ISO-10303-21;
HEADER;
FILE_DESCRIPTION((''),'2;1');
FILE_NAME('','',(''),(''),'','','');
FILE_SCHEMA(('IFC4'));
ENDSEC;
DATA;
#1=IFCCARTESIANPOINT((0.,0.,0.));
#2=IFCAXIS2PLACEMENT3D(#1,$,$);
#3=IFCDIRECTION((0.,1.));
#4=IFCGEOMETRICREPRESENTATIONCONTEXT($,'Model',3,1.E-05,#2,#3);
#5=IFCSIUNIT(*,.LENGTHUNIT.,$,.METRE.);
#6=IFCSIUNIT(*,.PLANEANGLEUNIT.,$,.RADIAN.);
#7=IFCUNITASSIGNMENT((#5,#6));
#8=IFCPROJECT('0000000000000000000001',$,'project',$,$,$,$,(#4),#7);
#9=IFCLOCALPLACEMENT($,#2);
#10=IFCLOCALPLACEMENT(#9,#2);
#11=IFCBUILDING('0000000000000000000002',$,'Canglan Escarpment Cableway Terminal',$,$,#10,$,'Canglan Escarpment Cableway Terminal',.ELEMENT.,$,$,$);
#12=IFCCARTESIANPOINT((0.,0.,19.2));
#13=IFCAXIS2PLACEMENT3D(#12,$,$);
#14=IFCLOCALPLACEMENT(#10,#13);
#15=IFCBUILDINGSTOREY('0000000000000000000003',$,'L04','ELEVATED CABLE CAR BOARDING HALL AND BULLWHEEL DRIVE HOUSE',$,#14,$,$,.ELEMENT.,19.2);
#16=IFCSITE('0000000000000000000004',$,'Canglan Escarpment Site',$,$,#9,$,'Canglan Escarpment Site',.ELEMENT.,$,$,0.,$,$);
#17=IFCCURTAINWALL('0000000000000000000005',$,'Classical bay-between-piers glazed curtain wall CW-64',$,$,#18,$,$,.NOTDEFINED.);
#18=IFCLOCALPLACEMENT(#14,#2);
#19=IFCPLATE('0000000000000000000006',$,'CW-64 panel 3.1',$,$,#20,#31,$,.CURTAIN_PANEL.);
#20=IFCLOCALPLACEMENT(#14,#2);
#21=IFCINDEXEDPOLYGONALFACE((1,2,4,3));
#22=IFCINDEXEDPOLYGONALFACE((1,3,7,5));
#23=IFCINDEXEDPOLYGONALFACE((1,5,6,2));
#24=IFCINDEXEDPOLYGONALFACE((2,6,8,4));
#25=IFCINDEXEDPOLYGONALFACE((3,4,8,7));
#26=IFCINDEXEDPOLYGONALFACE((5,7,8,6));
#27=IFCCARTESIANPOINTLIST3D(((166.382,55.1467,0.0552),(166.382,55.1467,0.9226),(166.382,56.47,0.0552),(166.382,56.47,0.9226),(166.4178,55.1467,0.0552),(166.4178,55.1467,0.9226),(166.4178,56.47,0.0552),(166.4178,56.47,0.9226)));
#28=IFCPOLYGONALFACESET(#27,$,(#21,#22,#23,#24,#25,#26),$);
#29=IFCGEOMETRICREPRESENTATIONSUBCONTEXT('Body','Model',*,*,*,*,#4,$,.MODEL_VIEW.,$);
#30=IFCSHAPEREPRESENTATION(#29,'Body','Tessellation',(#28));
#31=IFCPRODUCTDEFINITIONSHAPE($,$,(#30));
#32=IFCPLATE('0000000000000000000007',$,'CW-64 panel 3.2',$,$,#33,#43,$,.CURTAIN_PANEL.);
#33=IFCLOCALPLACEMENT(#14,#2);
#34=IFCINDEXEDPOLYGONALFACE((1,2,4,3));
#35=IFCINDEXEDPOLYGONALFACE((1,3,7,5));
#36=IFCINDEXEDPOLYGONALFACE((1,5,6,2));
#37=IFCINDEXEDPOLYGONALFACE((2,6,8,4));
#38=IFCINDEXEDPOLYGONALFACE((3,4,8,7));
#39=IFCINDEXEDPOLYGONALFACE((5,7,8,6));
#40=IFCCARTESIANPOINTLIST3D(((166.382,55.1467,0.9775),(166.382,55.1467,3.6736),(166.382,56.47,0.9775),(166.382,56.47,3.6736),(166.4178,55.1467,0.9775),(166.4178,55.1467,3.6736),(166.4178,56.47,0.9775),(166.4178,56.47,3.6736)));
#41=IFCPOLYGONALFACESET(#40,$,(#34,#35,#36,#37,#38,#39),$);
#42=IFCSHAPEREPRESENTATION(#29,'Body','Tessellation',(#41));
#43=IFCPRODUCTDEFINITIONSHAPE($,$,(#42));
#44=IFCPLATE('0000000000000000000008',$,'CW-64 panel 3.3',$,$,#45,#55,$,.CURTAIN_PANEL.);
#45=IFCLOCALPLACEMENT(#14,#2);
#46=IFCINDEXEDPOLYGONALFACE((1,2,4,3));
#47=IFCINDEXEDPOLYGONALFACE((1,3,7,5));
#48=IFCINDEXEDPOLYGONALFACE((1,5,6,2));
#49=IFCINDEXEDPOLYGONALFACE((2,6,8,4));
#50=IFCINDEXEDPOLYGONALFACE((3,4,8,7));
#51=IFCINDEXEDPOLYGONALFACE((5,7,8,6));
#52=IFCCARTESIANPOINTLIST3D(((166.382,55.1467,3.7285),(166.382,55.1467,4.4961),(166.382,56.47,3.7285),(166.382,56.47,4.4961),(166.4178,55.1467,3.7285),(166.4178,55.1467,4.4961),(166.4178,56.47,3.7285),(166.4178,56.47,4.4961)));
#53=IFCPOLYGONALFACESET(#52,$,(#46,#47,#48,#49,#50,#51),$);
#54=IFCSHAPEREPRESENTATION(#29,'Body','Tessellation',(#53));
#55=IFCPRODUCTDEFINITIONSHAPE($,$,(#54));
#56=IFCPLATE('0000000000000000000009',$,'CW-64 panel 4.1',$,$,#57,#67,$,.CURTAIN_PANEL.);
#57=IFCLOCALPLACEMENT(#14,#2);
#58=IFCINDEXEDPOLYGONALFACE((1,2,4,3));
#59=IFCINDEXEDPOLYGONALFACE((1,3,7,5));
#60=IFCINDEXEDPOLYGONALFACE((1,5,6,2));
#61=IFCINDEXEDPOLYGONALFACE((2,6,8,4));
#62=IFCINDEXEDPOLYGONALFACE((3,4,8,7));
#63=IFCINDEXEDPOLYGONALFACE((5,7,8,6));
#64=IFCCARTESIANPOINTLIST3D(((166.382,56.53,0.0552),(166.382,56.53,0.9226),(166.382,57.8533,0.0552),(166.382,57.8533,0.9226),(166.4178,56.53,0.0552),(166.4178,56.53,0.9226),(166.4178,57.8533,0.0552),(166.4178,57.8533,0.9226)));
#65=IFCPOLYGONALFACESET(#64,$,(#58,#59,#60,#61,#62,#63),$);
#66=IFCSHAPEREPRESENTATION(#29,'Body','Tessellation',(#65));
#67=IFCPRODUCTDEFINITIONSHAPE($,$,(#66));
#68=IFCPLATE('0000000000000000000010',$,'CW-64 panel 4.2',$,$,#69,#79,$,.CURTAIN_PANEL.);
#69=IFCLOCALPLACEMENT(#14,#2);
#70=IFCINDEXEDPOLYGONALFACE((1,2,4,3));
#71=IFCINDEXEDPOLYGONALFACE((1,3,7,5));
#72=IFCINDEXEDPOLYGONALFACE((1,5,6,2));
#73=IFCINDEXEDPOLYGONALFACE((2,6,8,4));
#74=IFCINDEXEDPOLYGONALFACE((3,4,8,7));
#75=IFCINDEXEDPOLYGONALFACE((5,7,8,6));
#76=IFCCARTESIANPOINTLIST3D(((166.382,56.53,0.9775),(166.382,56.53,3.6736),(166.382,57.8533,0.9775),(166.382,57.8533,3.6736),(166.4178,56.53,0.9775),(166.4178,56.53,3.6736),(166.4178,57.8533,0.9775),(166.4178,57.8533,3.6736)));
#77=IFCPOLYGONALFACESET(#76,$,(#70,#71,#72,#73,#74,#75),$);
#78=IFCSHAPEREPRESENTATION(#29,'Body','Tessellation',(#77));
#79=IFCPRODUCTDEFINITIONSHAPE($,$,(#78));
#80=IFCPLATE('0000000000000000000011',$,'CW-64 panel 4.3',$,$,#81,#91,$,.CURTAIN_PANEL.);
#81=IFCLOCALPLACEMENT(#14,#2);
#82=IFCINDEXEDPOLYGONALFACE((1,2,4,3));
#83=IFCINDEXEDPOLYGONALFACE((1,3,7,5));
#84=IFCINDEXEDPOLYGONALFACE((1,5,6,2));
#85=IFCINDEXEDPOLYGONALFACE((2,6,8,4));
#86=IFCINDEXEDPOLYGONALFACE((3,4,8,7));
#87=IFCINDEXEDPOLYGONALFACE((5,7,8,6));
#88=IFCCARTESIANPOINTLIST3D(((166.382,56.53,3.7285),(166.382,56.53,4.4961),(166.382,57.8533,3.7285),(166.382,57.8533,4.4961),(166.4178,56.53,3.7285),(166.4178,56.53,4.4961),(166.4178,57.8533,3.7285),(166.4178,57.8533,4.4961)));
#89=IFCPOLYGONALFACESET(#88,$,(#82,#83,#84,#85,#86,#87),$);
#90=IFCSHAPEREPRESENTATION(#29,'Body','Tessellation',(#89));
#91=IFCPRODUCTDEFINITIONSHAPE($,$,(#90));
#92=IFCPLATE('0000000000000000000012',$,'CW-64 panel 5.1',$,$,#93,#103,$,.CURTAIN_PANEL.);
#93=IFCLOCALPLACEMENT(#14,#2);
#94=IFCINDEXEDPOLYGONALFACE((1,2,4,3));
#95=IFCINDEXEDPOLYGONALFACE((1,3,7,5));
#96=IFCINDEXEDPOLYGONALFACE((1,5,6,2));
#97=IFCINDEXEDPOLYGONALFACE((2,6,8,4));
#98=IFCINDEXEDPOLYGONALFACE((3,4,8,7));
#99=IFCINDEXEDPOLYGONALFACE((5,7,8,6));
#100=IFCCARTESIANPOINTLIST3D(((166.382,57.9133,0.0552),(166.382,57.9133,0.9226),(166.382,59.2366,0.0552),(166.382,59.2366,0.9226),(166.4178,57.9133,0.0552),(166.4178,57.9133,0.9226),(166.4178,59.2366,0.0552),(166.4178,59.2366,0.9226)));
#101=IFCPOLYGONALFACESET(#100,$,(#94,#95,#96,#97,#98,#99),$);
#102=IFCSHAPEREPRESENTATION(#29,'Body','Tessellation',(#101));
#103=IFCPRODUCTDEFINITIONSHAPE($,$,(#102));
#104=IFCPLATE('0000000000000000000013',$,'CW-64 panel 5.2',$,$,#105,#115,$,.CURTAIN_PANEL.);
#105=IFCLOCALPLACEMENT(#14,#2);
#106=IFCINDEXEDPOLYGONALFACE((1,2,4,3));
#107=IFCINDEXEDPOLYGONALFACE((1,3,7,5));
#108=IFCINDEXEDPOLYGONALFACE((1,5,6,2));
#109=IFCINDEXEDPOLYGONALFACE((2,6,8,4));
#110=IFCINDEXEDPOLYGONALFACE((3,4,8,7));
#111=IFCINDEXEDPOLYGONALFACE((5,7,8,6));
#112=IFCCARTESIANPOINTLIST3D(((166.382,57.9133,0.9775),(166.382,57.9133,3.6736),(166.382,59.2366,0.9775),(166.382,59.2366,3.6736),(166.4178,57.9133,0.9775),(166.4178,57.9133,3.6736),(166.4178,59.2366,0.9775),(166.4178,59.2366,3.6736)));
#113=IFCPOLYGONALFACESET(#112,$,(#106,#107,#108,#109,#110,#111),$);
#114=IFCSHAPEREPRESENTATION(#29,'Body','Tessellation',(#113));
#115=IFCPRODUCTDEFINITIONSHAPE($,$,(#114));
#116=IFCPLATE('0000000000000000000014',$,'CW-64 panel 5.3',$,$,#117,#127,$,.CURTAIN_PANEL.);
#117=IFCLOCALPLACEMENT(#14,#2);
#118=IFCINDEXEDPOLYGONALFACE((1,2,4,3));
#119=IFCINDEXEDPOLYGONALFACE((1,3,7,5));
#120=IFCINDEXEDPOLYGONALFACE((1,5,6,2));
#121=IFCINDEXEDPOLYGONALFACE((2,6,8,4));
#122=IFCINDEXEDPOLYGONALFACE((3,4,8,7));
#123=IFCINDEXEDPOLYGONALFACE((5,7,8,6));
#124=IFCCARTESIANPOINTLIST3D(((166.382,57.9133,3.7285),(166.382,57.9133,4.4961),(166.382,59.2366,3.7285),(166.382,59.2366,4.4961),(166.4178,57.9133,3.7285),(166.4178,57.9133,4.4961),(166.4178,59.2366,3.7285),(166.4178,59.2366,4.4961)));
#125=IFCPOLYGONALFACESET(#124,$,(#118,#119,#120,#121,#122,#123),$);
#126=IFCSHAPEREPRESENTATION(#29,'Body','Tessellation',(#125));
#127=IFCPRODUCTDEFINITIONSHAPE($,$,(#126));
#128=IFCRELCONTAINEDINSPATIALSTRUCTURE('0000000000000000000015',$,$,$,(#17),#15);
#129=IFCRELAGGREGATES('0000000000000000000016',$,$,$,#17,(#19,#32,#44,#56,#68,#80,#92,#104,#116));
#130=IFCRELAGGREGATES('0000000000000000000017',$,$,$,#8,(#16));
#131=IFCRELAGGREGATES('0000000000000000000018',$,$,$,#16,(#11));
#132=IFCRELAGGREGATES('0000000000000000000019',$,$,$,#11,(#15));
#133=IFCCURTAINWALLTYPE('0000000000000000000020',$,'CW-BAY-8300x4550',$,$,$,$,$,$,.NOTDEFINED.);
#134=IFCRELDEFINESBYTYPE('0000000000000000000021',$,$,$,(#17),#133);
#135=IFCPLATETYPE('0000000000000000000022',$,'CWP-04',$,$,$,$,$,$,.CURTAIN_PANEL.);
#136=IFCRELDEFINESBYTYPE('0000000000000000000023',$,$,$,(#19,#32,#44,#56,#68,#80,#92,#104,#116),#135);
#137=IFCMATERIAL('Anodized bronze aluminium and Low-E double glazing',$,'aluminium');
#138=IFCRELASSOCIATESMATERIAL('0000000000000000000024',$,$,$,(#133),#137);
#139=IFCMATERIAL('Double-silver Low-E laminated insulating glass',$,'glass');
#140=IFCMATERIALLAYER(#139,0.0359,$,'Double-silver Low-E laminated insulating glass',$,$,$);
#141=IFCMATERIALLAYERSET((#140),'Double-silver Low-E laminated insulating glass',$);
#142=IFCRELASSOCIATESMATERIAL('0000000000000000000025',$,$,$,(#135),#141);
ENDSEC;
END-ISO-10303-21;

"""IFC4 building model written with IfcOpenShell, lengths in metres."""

from ifc_helpers import new_model, si_unit, direction, frame, origin, origin_2d, place, context, subcontext, project, spatial, rectangle, extrude, material, layer, layer_set, type_object, element, aggregate, save


model = new_model("IFC4")

# Units and contexts
model_context = context("Model", 3, precision=1e-05, world=origin(), true_north=direction((0.0, 1.0)))
body_context = subcontext(model_context, "Body", "Model", "MODEL_VIEW")
ifc_project = project(units=[si_unit("LENGTHUNIT", "METRE"), si_unit("PLANEANGLEUNIT", "RADIAN")], contexts=[model_context])

# Site, building, storey
site_placement = place(None, origin())
site = spatial("IfcSite", under=ifc_project, at=site_placement, Name="Canglan Escarpment Site", LongName="Canglan Escarpment Site", CompositionType="ELEMENT", RefElevation=0.0)
building_placement = place(site_placement, origin())
building = spatial("IfcBuilding", under=site, at=building_placement, Name="Canglan Escarpment Cableway Terminal", LongName="Canglan Escarpment Cableway Terminal", CompositionType="ELEMENT")
storey_placement = place(building_placement, frame((0.0, 0.0, 19.2)))
storey = spatial("IfcBuildingStorey", under=building, at=storey_placement, Name="L04", Description="ELEVATED CABLE CAR BOARDING HALL AND BULLWHEEL DRIVE HOUSE", CompositionType="ELEMENT", Elevation=19.2)

# Curtain wall, plates
ifc_material_1 = material(Name="Anodized bronze aluminium and Low-E double glazing", Category="aluminium")
curtain_wall_type = type_object("IfcCurtainWallType", Name="CW-BAY-8300x4550", PredefinedType="NOTDEFINED", material=ifc_material_1)
curtain_wall_placement = place(storey_placement, origin())
curtain_wall = element("IfcCurtainWall", 1, at=curtain_wall_placement, inside=storey, type_object=curtain_wall_type, Name="Classical bay-between-piers glazed curtain wall CW-64", PredefinedType="NOTDEFINED")
ifc_material_2 = material(Name="Double-silver Low-E laminated insulating glass", Category="glass")
ifc_layer = layer(ifc_material_2, 0.0359, Name="Double-silver Low-E laminated insulating glass")
ifc_layer_set = layer_set([ifc_layer], Name="Double-silver Low-E laminated insulating glass")
plate_type = type_object("IfcPlateType", Name="CWP-04", PredefinedType="CURTAIN_PANEL", material=ifc_layer_set)
plate_1_placement = place(storey_placement, frame((166.3999, 55.8083, 0.0552), z_axis=(0.0, 0.0, 1.0), x_axis=(0.0, 1.0, 0.0)))
plate_1 = element("IfcPlate", 2, at=plate_1_placement, type_object=plate_type, Name="CW-64 panel 3.1", PredefinedType="CURTAIN_PANEL", context=body_context, shape_type="SweptSolid", body=[
    extrude(rectangle(XDim=1.3232, YDim=0.0359, at=origin_2d()), origin(), (0.0, 0.0, 1.0), 0.8674),
])
plate_2_placement = place(storey_placement, frame((166.3999, 55.8083, 0.9775), z_axis=(0.0, 0.0, 1.0), x_axis=(0.0, 1.0, 0.0)))
plate_2 = element("IfcPlate", 3, at=plate_2_placement, type_object=plate_type, Name="CW-64 panel 3.2", PredefinedType="CURTAIN_PANEL", context=body_context, shape_type="SweptSolid", body=[
    extrude(rectangle(XDim=1.3232, YDim=0.0359, at=origin_2d()), origin(), (0.0, 0.0, 1.0), 2.696),
])
plate_3_placement = place(storey_placement, frame((166.3999, 55.8083, 3.7285), z_axis=(0.0, 0.0, 1.0), x_axis=(0.0, 1.0, 0.0)))
plate_3 = element("IfcPlate", 4, at=plate_3_placement, type_object=plate_type, Name="CW-64 panel 3.3", PredefinedType="CURTAIN_PANEL", context=body_context, shape_type="SweptSolid", body=[
    extrude(rectangle(XDim=1.3232, YDim=0.0359, at=origin_2d()), origin(), (0.0, 0.0, 1.0), 0.7676),
])
plate_4_placement = place(storey_placement, frame((166.3999, 57.1917, 0.0552), z_axis=(0.0, 0.0, 1.0), x_axis=(0.0, 1.0, 0.0)))
plate_4 = element("IfcPlate", 5, at=plate_4_placement, type_object=plate_type, Name="CW-64 panel 4.1", PredefinedType="CURTAIN_PANEL", context=body_context, shape_type="SweptSolid", body=[
    extrude(rectangle(XDim=1.3232, YDim=0.0359, at=origin_2d()), origin(), (0.0, 0.0, 1.0), 0.8674),
])
plate_5_placement = place(storey_placement, frame((166.3999, 57.1917, 0.9775), z_axis=(0.0, 0.0, 1.0), x_axis=(0.0, 1.0, 0.0)))
plate_5 = element("IfcPlate", 6, at=plate_5_placement, type_object=plate_type, Name="CW-64 panel 4.2", PredefinedType="CURTAIN_PANEL", context=body_context, shape_type="SweptSolid", body=[
    extrude(rectangle(XDim=1.3232, YDim=0.0359, at=origin_2d()), origin(), (0.0, 0.0, 1.0), 2.696),
])
plate_6_placement = place(storey_placement, frame((166.3999, 57.1917, 3.7285), z_axis=(0.0, 0.0, 1.0), x_axis=(0.0, 1.0, 0.0)))
plate_6 = element("IfcPlate", 7, at=plate_6_placement, type_object=plate_type, Name="CW-64 panel 4.3", PredefinedType="CURTAIN_PANEL", context=body_context, shape_type="SweptSolid", body=[
    extrude(rectangle(XDim=1.3232, YDim=0.0359, at=origin_2d()), origin(), (0.0, 0.0, 1.0), 0.7676),
])
plate_7_placement = place(storey_placement, frame((166.3999, 58.575, 0.0552), z_axis=(0.0, 0.0, 1.0), x_axis=(0.0, 1.0, 0.0)))
plate_7 = element("IfcPlate", 8, at=plate_7_placement, type_object=plate_type, Name="CW-64 panel 5.1", PredefinedType="CURTAIN_PANEL", context=body_context, shape_type="SweptSolid", body=[
    extrude(rectangle(XDim=1.3232, YDim=0.0359, at=origin_2d()), origin(), (0.0, 0.0, 1.0), 0.8674),
])
plate_8_placement = place(storey_placement, frame((166.3999, 58.575, 0.9775), z_axis=(0.0, 0.0, 1.0), x_axis=(0.0, 1.0, 0.0)))
plate_8 = element("IfcPlate", 9, at=plate_8_placement, type_object=plate_type, Name="CW-64 panel 5.2", PredefinedType="CURTAIN_PANEL", context=body_context, shape_type="SweptSolid", body=[
    extrude(rectangle(XDim=1.3232, YDim=0.0359, at=origin_2d()), origin(), (0.0, 0.0, 1.0), 2.696),
])
plate_9_placement = place(storey_placement, frame((166.3999, 58.575, 3.7285), z_axis=(0.0, 0.0, 1.0), x_axis=(0.0, 1.0, 0.0)))
plate_9 = element("IfcPlate", 10, at=plate_9_placement, type_object=plate_type, Name="CW-64 panel 5.3", PredefinedType="CURTAIN_PANEL", context=body_context, shape_type="SweptSolid", body=[
    extrude(rectangle(XDim=1.3232, YDim=0.0359, at=origin_2d()), origin(), (0.0, 0.0, 1.0), 0.7676),
])
aggregate(curtain_wall, [plate_1, plate_2, plate_3, plate_4, plate_5, plate_6, plate_7, plate_8, plate_9])

save(model, "model.ifc")
